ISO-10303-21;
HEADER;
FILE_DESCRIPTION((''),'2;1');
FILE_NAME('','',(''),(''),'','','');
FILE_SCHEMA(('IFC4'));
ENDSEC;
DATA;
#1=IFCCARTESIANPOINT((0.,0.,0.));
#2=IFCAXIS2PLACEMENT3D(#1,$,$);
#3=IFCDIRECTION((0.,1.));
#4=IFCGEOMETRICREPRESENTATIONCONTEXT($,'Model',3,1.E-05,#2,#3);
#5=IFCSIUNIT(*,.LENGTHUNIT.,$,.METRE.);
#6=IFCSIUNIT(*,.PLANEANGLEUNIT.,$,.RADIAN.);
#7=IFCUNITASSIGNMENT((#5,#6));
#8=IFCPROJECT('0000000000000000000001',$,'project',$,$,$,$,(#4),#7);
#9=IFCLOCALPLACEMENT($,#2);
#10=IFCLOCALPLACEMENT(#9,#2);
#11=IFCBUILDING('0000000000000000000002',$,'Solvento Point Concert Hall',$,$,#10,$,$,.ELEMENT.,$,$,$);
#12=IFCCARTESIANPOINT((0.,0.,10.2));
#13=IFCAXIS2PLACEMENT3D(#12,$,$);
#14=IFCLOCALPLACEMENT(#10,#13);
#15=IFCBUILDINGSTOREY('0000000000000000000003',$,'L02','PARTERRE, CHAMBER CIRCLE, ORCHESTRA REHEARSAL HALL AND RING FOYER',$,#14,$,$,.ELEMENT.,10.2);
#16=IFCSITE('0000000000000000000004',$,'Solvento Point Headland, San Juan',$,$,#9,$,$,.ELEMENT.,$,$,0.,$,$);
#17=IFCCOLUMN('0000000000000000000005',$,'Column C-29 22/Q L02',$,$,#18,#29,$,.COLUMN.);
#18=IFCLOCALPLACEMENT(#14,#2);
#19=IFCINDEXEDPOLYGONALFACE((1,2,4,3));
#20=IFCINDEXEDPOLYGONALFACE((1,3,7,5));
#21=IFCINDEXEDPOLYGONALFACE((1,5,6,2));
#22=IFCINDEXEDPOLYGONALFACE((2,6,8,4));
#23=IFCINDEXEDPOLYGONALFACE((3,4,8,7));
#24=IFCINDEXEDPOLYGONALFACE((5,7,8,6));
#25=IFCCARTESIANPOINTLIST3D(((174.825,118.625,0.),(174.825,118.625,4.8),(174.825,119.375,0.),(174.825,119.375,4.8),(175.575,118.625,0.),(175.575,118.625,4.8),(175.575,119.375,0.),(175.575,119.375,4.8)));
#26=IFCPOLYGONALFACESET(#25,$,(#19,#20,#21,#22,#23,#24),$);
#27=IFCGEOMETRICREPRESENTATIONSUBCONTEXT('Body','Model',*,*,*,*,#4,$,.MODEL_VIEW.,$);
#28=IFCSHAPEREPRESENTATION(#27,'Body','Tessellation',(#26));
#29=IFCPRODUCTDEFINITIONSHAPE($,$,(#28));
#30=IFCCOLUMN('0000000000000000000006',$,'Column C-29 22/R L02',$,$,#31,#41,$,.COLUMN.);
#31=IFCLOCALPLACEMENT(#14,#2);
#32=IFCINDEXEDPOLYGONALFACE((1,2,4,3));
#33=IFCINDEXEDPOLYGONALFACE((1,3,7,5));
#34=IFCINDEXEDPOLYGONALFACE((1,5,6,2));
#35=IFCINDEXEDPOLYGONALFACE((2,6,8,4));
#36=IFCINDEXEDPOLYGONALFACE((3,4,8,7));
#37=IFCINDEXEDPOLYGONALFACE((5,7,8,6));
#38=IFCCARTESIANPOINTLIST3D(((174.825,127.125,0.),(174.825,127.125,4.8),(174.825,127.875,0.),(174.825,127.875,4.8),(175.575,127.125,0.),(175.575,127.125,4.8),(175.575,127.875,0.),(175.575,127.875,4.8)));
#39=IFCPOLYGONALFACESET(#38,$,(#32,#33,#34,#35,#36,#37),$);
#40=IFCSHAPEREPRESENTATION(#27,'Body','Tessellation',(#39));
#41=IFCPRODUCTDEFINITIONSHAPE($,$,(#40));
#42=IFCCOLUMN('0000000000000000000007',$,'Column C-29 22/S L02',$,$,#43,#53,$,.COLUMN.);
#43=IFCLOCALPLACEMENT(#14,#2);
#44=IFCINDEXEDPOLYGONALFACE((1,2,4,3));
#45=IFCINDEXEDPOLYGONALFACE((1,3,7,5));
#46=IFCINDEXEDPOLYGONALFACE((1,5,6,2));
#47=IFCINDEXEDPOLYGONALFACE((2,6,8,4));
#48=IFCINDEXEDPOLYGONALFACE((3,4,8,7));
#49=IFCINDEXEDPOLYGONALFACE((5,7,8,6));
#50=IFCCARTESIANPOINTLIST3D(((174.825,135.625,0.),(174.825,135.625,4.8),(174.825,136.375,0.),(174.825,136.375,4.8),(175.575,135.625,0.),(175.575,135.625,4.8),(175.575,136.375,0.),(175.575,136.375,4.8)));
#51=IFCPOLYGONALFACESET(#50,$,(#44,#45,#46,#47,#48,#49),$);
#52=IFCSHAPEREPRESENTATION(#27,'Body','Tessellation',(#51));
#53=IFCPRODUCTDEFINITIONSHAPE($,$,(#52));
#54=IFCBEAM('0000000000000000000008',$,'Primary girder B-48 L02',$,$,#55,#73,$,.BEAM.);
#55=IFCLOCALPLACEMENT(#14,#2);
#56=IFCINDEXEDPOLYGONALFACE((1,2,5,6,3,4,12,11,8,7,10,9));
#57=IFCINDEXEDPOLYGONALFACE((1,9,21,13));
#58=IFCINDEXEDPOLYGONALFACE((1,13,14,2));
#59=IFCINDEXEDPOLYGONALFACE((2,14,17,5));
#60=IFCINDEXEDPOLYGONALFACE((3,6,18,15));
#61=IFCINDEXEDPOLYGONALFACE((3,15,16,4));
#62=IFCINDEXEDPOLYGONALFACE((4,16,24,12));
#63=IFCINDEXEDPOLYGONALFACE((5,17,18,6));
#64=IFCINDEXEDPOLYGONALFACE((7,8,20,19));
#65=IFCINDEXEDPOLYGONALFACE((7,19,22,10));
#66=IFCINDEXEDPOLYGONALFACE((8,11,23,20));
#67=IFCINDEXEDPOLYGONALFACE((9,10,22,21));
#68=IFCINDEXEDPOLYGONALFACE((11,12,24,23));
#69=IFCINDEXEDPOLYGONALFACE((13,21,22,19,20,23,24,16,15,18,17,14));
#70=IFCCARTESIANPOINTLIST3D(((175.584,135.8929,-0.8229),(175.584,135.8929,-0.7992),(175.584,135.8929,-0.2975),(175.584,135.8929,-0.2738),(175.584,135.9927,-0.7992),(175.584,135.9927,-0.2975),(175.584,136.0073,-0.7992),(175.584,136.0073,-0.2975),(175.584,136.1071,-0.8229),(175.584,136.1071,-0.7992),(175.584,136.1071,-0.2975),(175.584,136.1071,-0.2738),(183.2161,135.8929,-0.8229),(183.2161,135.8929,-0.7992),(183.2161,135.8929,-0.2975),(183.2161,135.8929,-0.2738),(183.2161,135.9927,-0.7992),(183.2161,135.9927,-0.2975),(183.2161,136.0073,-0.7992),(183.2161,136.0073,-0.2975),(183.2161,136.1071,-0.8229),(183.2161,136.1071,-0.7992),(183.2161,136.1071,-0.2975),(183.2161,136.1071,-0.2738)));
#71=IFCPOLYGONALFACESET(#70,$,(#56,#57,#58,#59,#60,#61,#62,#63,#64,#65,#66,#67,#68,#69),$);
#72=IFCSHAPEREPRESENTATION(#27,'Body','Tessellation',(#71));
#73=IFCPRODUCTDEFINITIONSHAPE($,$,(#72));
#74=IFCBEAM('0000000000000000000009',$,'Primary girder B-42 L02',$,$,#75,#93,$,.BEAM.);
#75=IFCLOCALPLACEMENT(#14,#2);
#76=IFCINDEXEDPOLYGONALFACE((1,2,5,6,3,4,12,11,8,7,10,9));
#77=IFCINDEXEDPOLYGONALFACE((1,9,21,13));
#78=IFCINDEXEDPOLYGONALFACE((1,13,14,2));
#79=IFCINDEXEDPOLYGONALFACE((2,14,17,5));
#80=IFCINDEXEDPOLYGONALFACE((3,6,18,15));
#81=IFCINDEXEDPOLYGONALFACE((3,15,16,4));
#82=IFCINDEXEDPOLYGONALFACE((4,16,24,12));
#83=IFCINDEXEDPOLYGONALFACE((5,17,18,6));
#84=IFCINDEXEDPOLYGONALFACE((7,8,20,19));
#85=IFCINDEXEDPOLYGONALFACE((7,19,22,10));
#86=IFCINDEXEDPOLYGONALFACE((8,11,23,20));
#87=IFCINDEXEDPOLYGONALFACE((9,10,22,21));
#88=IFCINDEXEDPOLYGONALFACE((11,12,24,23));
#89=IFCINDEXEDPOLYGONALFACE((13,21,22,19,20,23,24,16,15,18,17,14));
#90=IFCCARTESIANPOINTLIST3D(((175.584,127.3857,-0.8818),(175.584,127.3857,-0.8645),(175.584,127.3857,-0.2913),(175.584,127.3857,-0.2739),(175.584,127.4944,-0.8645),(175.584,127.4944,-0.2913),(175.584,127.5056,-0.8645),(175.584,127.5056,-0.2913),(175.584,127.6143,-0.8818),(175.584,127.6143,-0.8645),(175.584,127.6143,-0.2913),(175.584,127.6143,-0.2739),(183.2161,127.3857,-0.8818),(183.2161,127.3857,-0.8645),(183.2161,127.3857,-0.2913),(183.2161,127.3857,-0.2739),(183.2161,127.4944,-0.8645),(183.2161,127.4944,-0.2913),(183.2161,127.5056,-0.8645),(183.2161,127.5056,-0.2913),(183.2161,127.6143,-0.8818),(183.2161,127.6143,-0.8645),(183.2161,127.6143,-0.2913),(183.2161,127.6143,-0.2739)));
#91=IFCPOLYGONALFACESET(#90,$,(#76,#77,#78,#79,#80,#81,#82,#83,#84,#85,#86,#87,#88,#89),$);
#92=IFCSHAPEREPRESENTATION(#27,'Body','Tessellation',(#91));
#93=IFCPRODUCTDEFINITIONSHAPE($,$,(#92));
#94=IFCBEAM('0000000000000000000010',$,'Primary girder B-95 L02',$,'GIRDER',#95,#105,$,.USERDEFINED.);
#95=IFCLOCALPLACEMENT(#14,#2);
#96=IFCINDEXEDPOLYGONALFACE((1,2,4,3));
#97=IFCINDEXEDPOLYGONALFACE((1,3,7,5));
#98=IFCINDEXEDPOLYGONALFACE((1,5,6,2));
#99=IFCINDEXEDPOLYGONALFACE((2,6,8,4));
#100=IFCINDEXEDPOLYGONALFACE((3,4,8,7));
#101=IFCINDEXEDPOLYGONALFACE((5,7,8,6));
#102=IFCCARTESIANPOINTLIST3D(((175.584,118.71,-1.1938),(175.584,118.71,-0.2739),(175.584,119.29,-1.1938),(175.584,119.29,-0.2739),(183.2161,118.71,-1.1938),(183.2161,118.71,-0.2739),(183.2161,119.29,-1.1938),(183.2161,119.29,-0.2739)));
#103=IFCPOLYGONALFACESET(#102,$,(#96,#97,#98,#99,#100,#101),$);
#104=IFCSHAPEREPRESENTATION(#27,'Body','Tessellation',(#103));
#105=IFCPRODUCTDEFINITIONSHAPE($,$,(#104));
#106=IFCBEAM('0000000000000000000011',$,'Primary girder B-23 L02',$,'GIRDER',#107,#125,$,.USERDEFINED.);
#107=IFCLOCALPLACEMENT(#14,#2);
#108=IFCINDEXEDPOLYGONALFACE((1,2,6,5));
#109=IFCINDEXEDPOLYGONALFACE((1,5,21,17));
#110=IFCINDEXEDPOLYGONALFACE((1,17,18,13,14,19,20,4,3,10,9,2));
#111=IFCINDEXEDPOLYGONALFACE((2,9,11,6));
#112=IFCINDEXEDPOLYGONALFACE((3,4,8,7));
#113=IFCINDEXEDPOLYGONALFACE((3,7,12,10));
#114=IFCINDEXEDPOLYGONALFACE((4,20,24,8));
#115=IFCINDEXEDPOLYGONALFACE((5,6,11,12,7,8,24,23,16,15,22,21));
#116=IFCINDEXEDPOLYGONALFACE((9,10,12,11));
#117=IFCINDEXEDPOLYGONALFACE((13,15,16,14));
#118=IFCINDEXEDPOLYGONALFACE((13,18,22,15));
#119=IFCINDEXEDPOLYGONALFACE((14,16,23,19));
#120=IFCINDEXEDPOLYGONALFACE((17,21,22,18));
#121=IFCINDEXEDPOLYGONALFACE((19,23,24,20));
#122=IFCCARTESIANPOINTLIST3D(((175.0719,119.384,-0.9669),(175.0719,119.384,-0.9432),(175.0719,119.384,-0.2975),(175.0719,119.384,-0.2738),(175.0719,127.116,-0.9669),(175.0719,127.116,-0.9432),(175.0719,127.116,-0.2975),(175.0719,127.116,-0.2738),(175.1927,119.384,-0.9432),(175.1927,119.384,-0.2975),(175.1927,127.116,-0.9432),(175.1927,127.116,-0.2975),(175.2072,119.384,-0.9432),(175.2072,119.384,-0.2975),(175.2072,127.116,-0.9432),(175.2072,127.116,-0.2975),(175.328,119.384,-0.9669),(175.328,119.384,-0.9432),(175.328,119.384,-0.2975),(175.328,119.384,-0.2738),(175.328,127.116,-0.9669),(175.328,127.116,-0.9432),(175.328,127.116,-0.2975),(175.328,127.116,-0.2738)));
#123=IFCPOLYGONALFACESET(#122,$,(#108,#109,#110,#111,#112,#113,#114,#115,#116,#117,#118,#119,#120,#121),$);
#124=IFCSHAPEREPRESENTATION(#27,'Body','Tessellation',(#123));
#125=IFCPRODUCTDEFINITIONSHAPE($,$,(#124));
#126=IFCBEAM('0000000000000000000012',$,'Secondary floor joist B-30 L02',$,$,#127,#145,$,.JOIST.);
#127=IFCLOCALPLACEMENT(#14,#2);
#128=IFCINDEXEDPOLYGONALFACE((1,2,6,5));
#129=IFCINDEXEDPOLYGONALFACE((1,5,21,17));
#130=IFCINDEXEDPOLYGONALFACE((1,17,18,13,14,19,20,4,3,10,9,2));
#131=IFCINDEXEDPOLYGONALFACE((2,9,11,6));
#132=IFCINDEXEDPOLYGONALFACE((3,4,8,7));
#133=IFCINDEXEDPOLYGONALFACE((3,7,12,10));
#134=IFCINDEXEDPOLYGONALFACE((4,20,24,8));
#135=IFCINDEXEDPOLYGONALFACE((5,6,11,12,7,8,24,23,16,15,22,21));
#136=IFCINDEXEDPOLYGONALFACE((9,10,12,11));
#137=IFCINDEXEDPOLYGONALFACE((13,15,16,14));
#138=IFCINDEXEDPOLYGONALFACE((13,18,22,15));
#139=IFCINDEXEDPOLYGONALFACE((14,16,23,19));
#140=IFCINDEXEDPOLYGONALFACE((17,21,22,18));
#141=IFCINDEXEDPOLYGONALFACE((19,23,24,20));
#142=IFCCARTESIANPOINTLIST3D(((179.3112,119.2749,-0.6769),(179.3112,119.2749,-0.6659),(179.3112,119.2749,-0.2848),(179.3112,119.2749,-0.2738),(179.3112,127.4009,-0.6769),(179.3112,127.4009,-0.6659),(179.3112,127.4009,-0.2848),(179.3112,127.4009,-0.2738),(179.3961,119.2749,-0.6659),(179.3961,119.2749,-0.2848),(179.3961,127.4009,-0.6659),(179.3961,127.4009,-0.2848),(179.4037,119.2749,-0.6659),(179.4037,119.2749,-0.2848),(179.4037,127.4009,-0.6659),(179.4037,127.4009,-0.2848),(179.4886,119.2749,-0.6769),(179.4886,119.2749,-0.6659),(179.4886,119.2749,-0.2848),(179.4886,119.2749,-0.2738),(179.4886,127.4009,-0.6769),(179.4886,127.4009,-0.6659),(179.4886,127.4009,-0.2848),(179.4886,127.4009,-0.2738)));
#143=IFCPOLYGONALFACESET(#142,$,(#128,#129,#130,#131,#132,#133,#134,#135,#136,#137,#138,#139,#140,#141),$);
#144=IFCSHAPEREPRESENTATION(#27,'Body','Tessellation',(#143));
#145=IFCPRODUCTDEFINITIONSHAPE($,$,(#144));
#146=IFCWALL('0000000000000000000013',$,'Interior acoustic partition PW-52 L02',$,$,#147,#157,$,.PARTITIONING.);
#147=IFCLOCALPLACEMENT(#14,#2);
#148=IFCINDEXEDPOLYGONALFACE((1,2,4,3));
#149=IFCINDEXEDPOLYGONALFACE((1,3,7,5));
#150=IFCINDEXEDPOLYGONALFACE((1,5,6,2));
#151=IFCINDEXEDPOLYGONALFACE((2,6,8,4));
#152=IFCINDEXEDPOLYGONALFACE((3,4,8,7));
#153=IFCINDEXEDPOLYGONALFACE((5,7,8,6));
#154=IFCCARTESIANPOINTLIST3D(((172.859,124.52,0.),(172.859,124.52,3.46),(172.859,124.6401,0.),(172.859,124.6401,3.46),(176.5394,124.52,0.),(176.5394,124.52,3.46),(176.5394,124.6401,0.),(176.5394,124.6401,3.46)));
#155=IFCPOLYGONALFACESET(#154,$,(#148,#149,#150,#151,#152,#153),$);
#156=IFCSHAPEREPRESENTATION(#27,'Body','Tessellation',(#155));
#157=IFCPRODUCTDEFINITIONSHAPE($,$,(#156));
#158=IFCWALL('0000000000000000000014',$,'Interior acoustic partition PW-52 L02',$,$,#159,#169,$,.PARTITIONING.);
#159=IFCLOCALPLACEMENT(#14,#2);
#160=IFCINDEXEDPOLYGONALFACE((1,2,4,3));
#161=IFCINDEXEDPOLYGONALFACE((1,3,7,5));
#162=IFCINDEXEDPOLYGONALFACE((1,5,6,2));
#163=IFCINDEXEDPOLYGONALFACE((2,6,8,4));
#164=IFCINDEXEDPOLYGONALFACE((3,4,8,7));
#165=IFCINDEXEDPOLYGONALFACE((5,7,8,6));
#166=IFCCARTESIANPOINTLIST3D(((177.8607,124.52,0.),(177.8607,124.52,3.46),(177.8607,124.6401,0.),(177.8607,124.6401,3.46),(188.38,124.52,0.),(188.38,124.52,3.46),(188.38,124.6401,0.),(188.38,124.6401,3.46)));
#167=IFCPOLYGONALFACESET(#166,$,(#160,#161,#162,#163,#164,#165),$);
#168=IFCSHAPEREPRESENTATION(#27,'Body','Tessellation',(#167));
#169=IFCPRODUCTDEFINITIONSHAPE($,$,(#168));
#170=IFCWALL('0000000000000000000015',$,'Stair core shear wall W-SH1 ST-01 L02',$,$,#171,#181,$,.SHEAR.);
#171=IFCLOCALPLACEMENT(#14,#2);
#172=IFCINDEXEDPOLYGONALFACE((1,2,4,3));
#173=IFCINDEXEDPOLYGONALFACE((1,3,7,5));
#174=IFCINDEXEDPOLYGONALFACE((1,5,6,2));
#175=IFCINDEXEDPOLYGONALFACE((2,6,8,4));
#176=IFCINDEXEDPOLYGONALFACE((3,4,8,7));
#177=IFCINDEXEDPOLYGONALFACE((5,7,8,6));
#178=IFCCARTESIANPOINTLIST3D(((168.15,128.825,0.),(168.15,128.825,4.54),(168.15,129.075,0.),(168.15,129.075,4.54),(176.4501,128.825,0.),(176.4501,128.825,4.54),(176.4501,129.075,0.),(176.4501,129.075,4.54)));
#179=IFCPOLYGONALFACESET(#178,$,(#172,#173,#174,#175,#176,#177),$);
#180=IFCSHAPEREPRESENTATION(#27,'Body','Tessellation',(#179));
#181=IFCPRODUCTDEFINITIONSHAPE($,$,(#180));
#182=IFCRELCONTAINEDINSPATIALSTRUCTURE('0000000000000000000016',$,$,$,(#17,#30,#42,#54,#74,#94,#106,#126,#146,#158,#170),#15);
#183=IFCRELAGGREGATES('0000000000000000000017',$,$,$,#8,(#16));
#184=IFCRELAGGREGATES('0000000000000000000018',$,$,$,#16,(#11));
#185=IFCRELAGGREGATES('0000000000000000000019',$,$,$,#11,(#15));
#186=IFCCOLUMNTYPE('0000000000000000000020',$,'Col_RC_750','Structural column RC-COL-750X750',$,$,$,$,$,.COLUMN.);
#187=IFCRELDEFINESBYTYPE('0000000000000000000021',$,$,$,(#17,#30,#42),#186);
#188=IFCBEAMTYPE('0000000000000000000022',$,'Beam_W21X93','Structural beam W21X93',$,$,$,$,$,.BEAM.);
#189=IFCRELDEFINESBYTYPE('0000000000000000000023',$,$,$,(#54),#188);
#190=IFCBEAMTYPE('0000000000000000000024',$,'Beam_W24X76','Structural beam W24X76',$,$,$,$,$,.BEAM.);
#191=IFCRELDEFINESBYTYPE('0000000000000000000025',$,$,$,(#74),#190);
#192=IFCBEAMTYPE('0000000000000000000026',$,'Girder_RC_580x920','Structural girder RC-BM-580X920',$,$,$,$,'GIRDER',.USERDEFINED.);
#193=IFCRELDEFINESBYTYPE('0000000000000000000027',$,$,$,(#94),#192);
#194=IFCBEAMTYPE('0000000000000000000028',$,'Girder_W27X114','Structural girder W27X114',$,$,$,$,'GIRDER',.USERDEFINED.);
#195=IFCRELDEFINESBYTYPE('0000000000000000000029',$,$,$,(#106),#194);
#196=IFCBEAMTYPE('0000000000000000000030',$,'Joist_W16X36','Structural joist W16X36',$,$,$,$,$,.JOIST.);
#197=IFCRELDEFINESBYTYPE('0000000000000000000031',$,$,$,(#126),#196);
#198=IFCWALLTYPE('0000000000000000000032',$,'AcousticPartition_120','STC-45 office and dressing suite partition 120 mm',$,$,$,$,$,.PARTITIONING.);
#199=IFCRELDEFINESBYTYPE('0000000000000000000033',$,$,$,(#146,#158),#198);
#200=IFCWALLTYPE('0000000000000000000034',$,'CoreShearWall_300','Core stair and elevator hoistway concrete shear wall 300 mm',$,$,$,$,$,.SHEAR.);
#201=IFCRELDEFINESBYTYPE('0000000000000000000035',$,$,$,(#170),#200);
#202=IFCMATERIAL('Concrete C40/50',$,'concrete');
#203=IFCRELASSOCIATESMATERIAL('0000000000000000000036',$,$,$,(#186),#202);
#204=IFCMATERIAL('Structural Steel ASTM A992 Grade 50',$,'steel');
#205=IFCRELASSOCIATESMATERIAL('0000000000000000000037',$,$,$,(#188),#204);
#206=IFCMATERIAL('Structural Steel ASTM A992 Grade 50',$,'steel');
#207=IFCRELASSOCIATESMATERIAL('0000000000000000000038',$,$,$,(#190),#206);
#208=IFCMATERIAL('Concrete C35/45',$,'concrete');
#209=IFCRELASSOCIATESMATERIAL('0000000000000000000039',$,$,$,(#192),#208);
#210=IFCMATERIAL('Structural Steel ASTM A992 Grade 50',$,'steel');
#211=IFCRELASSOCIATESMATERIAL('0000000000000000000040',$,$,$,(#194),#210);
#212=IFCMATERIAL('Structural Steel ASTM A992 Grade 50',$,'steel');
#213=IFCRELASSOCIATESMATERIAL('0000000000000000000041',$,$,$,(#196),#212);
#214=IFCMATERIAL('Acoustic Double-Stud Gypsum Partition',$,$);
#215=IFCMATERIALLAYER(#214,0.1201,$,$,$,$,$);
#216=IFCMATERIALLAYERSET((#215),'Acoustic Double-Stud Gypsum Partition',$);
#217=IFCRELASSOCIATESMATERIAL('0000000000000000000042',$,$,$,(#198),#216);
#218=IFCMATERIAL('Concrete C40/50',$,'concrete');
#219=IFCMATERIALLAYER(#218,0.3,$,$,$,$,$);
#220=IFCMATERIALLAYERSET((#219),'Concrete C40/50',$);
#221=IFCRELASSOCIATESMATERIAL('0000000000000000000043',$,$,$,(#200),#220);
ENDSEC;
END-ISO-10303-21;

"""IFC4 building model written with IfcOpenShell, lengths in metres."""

from ifc_helpers import new_model, si_unit, direction, frame, frame_2d, origin, origin_2d, place, context, subcontext, project, spatial, rectangle, i_section, extrude, material, layer, layer_set, material_profile, profile_set, type_object, element, save


model = new_model("IFC4")

# Units and contexts
model_context = context("Model", 3, precision=1e-05, world=origin(), true_north=direction((0.0, 1.0)))
body_context = subcontext(model_context, "Body", "Model", "MODEL_VIEW")
ifc_project = project(units=[si_unit("LENGTHUNIT", "METRE"), si_unit("PLANEANGLEUNIT", "RADIAN")], contexts=[model_context])

# Site, building, storey
site_placement = place(None, origin())
site = spatial("IfcSite", under=ifc_project, at=site_placement, Name="Solvento Point Headland, San Juan", CompositionType="ELEMENT", RefElevation=0.0)
building_placement = place(site_placement, origin())
building = spatial("IfcBuilding", under=site, at=building_placement, Name="Solvento Point Concert Hall", CompositionType="ELEMENT")
storey_placement = place(building_placement, frame((0.0, 0.0, 10.2)))
storey = spatial("IfcBuildingStorey", under=building, at=storey_placement, Name="L02", Description="PARTERRE, CHAMBER CIRCLE, ORCHESTRA REHEARSAL HALL AND RING FOYER", CompositionType="ELEMENT", Elevation=10.2)

# Columns
ifc_material_1 = material(Name="Concrete C40/50", Category="concrete")
ifc_material_profile_1 = material_profile(ifc_material_1, rectangle(XDim=0.75, YDim=0.75, at=origin_2d()), Name="RC-COL-750X750")
ifc_profile_set_1 = profile_set([ifc_material_profile_1], Name="Concrete C40/50")
column_type = type_object("IfcColumnType", Name="Col_RC_750", Description="Structural column RC-COL-750X750", PredefinedType="COLUMN", material=ifc_profile_set_1)
for number, where, z_axis, x_axis, name in (
    (1, (175.2, 119.0, 0.0), (0.0, 0.0, 1.0), (1.0, 0.0, 0.0), "Column C-29 22/Q L02"),
    (2, (175.2, 127.5, 0.0), (0.0, 0.0, 1.0), (1.0, 0.0, 0.0), "Column C-29 22/R L02"),
    (3, (175.2, 136.0, 0.0), (0.0, 0.0, 1.0), (1.0, 0.0, 0.0), "Column C-29 22/S L02"),
):
    element("IfcColumn", number, at=place(storey_placement, frame(where, z_axis=z_axis, x_axis=x_axis)), inside=storey, type_object=column_type, Name=name, PredefinedType="COLUMN", context=body_context, shape_type="SweptSolid", body=[
        extrude(rectangle(XDim=0.75, YDim=0.75, at=origin_2d()), origin(), (0.0, 0.0, 1.0), 4.8),
    ])

# Beams
ifc_material_2 = material(Name="Structural Steel ASTM A992 Grade 50", Category="steel")
ifc_material_profile_2 = material_profile(ifc_material_2, i_section(OverallWidth=0.2141, OverallDepth=0.5491, WebThickness=0.0146, FlangeThickness=0.0237, at=origin_2d()), Name="W21X93")
ifc_profile_set_2 = profile_set([ifc_material_profile_2], Name="Structural Steel ASTM A992 Grade 50")
beam_type_1 = type_object("IfcBeamType", Name="Beam_W21X93", Description="Structural beam W21X93", PredefinedType="BEAM", material=ifc_profile_set_2)
beam_1_placement = place(storey_placement, frame((175.584, 136.0, -0.5483), z_axis=(1.0, 0.0, 0.0), x_axis=(0.0, 1.0, 0.0)))
element("IfcBeam", 4, at=beam_1_placement, inside=storey, type_object=beam_type_1, Name="Primary girder B-48 L02", PredefinedType="BEAM", context=body_context, shape_type="SweptSolid", body=[
    extrude(i_section(OverallWidth=0.2141, OverallDepth=0.5491, WebThickness=0.0146, FlangeThickness=0.0237, at=origin_2d()), origin(), (0.0, 0.0, 1.0), 7.6321),
])
ifc_material_3 = material(Name="Structural Steel ASTM A992 Grade 50", Category="steel")
ifc_material_profile_3 = material_profile(ifc_material_3, i_section(OverallWidth=0.2285, OverallDepth=0.6079, WebThickness=0.0112, FlangeThickness=0.0173, at=origin_2d()), Name="W24X76")
ifc_profile_set_3 = profile_set([ifc_material_profile_3], Name="Structural Steel ASTM A992 Grade 50")
beam_type_2 = type_object("IfcBeamType", Name="Beam_W24X76", Description="Structural beam W24X76", PredefinedType="BEAM", material=ifc_profile_set_3)
beam_2_placement = place(storey_placement, frame((175.584, 127.5, -0.5779), z_axis=(1.0, 0.0, 0.0), x_axis=(0.0, 1.0, 0.0)))
element("IfcBeam", 5, at=beam_2_placement, inside=storey, type_object=beam_type_2, Name="Primary girder B-42 L02", PredefinedType="BEAM", context=body_context, shape_type="SweptSolid", body=[
    extrude(i_section(OverallWidth=0.2285, OverallDepth=0.6079, WebThickness=0.0112, FlangeThickness=0.0173, at=origin_2d()), origin(), (0.0, 0.0, 1.0), 7.6321),
])
ifc_material_4 = material(Name="Concrete C35/45", Category="concrete")
ifc_material_profile_4 = material_profile(ifc_material_4, rectangle(XDim=0.5801, YDim=0.9199, at=origin_2d()), Name="RC-BM-580X920")
ifc_profile_set_4 = profile_set([ifc_material_profile_4], Name="Concrete C35/45")
beam_type_3 = type_object("IfcBeamType", Name="Girder_RC_580x920", Description="Structural girder RC-BM-580X920", ElementType="GIRDER", PredefinedType="USERDEFINED", material=ifc_profile_set_4)
beam_3_placement = place(storey_placement, frame((175.584, 119.0, -0.7339), z_axis=(1.0, 0.0, 0.0), x_axis=(0.0, 1.0, 0.0)))
element("IfcBeam", 6, at=beam_3_placement, inside=storey, type_object=beam_type_3, Name="Primary girder B-95 L02", ObjectType="GIRDER", PredefinedType="USERDEFINED", context=body_context, shape_type="SweptSolid", body=[
    extrude(rectangle(XDim=0.5801, YDim=0.9199, at=origin_2d()), origin(), (0.0, 0.0, 1.0), 7.6321),
])
ifc_material_5 = material(Name="Structural Steel ASTM A992 Grade 50", Category="steel")
ifc_material_profile_5 = material_profile(ifc_material_5, i_section(OverallWidth=0.2561, OverallDepth=0.6931, WebThickness=0.0144, FlangeThickness=0.0237, at=origin_2d()), Name="W27X114")
ifc_profile_set_5 = profile_set([ifc_material_profile_5], Name="Structural Steel ASTM A992 Grade 50")
beam_type_4 = type_object("IfcBeamType", Name="Girder_W27X114", Description="Structural girder W27X114", ElementType="GIRDER", PredefinedType="USERDEFINED", material=ifc_profile_set_5)
beam_4_placement = place(storey_placement, frame((175.2, 119.384, -0.6204), z_axis=(0.0, 1.0, 0.0), x_axis=(-1.0, 0.0, 0.0)))
element("IfcBeam", 7, at=beam_4_placement, inside=storey, type_object=beam_type_4, Name="Primary girder B-23 L02", ObjectType="GIRDER", PredefinedType="USERDEFINED", context=body_context, shape_type="SweptSolid", body=[
    extrude(i_section(OverallWidth=0.2561, OverallDepth=0.6931, WebThickness=0.0144, FlangeThickness=0.0237, at=origin_2d()), origin(), (0.0, 0.0, 1.0), 7.7319),
])
ifc_material_6 = material(Name="Structural Steel ASTM A992 Grade 50", Category="steel")
ifc_material_profile_6 = material_profile(ifc_material_6, i_section(OverallWidth=0.1775, OverallDepth=0.4031, WebThickness=0.0076, FlangeThickness=0.011, at=origin_2d()), Name="W16X36")
ifc_profile_set_6 = profile_set([ifc_material_profile_6], Name="Structural Steel ASTM A992 Grade 50")
beam_type_5 = type_object("IfcBeamType", Name="Joist_W16X36", Description="Structural joist W16X36", PredefinedType="JOIST", material=ifc_profile_set_6)
beam_5_placement = place(storey_placement, frame((179.3999, 119.2749, -0.4753), z_axis=(0.0, 1.0, 0.0), x_axis=(-1.0, 0.0, 0.0)))
element("IfcBeam", 8, at=beam_5_placement, inside=storey, type_object=beam_type_5, Name="Secondary floor joist B-30 L02", PredefinedType="JOIST", context=body_context, shape_type="SweptSolid", body=[
    extrude(i_section(OverallWidth=0.1775, OverallDepth=0.4031, WebThickness=0.0076, FlangeThickness=0.011, at=origin_2d()), origin(), (0.0, 0.0, 1.0), 8.126),
])

# Walls
ifc_material_7 = material(Name="Acoustic Double-Stud Gypsum Partition")
ifc_layer_1 = layer(ifc_material_7, 0.1201)
ifc_layer_set_1 = layer_set([ifc_layer_1], Name="Acoustic Double-Stud Gypsum Partition")
wall_type_1 = type_object("IfcWallType", Name="AcousticPartition_120", Description="STC-45 office and dressing suite partition 120 mm", PredefinedType="PARTITIONING", material=ifc_layer_set_1)
wall_1_placement = place(storey_placement, frame((172.8589, 124.5801, 0.0), z_axis=(0.0, 0.0, 1.0), x_axis=(1.0, 0.0, 0.0)))
element("IfcWall", 9, at=wall_1_placement, inside=storey, type_object=wall_type_1, Name="Interior acoustic partition PW-52 L02", PredefinedType="PARTITIONING", context=body_context, shape_type="SweptSolid", body=[
    extrude(rectangle(XDim=3.6804, YDim=0.1201, at=frame_2d((1.8403, 0.0))), origin(), (0.0, 0.0, 1.0), 3.46),
])
wall_2_placement = place(storey_placement, frame((177.8606, 124.5801, 0.0), z_axis=(0.0, 0.0, 1.0), x_axis=(1.0, 0.0, 0.0)))
element("IfcWall", 10, at=wall_2_placement, inside=storey, type_object=wall_type_1, Name="Interior acoustic partition PW-52 L02", PredefinedType="PARTITIONING", context=body_context, shape_type="SweptSolid", body=[
    extrude(rectangle(XDim=10.5193, YDim=0.1201, at=frame_2d((5.2598, 0.0))), origin(), (0.0, 0.0, 1.0), 3.46),
])
ifc_material_8 = material(Name="Concrete C40/50", Category="concrete")
ifc_layer_2 = layer(ifc_material_8, 0.3)
ifc_layer_set_2 = layer_set([ifc_layer_2], Name="Concrete C40/50")
wall_type_2 = type_object("IfcWallType", Name="CoreShearWall_300", Description="Core stair and elevator hoistway concrete shear wall 300 mm", PredefinedType="SHEAR", material=ifc_layer_set_2)
wall_3_placement = place(storey_placement, frame((176.45, 128.95, 0.0), z_axis=(0.0, 0.0, 1.0), x_axis=(-1.0, 0.0, 0.0)))
element("IfcWall", 11, at=wall_3_placement, inside=storey, type_object=wall_type_2, Name="Stair core shear wall W-SH1 ST-01 L02", PredefinedType="SHEAR", context=body_context, shape_type="SweptSolid", body=[
    extrude(rectangle(XDim=8.3, YDim=0.25, at=frame_2d((4.1499, 0.0))), origin(), (0.0, 0.0, 1.0), 4.54),
])

save(model, "model.ifc")
